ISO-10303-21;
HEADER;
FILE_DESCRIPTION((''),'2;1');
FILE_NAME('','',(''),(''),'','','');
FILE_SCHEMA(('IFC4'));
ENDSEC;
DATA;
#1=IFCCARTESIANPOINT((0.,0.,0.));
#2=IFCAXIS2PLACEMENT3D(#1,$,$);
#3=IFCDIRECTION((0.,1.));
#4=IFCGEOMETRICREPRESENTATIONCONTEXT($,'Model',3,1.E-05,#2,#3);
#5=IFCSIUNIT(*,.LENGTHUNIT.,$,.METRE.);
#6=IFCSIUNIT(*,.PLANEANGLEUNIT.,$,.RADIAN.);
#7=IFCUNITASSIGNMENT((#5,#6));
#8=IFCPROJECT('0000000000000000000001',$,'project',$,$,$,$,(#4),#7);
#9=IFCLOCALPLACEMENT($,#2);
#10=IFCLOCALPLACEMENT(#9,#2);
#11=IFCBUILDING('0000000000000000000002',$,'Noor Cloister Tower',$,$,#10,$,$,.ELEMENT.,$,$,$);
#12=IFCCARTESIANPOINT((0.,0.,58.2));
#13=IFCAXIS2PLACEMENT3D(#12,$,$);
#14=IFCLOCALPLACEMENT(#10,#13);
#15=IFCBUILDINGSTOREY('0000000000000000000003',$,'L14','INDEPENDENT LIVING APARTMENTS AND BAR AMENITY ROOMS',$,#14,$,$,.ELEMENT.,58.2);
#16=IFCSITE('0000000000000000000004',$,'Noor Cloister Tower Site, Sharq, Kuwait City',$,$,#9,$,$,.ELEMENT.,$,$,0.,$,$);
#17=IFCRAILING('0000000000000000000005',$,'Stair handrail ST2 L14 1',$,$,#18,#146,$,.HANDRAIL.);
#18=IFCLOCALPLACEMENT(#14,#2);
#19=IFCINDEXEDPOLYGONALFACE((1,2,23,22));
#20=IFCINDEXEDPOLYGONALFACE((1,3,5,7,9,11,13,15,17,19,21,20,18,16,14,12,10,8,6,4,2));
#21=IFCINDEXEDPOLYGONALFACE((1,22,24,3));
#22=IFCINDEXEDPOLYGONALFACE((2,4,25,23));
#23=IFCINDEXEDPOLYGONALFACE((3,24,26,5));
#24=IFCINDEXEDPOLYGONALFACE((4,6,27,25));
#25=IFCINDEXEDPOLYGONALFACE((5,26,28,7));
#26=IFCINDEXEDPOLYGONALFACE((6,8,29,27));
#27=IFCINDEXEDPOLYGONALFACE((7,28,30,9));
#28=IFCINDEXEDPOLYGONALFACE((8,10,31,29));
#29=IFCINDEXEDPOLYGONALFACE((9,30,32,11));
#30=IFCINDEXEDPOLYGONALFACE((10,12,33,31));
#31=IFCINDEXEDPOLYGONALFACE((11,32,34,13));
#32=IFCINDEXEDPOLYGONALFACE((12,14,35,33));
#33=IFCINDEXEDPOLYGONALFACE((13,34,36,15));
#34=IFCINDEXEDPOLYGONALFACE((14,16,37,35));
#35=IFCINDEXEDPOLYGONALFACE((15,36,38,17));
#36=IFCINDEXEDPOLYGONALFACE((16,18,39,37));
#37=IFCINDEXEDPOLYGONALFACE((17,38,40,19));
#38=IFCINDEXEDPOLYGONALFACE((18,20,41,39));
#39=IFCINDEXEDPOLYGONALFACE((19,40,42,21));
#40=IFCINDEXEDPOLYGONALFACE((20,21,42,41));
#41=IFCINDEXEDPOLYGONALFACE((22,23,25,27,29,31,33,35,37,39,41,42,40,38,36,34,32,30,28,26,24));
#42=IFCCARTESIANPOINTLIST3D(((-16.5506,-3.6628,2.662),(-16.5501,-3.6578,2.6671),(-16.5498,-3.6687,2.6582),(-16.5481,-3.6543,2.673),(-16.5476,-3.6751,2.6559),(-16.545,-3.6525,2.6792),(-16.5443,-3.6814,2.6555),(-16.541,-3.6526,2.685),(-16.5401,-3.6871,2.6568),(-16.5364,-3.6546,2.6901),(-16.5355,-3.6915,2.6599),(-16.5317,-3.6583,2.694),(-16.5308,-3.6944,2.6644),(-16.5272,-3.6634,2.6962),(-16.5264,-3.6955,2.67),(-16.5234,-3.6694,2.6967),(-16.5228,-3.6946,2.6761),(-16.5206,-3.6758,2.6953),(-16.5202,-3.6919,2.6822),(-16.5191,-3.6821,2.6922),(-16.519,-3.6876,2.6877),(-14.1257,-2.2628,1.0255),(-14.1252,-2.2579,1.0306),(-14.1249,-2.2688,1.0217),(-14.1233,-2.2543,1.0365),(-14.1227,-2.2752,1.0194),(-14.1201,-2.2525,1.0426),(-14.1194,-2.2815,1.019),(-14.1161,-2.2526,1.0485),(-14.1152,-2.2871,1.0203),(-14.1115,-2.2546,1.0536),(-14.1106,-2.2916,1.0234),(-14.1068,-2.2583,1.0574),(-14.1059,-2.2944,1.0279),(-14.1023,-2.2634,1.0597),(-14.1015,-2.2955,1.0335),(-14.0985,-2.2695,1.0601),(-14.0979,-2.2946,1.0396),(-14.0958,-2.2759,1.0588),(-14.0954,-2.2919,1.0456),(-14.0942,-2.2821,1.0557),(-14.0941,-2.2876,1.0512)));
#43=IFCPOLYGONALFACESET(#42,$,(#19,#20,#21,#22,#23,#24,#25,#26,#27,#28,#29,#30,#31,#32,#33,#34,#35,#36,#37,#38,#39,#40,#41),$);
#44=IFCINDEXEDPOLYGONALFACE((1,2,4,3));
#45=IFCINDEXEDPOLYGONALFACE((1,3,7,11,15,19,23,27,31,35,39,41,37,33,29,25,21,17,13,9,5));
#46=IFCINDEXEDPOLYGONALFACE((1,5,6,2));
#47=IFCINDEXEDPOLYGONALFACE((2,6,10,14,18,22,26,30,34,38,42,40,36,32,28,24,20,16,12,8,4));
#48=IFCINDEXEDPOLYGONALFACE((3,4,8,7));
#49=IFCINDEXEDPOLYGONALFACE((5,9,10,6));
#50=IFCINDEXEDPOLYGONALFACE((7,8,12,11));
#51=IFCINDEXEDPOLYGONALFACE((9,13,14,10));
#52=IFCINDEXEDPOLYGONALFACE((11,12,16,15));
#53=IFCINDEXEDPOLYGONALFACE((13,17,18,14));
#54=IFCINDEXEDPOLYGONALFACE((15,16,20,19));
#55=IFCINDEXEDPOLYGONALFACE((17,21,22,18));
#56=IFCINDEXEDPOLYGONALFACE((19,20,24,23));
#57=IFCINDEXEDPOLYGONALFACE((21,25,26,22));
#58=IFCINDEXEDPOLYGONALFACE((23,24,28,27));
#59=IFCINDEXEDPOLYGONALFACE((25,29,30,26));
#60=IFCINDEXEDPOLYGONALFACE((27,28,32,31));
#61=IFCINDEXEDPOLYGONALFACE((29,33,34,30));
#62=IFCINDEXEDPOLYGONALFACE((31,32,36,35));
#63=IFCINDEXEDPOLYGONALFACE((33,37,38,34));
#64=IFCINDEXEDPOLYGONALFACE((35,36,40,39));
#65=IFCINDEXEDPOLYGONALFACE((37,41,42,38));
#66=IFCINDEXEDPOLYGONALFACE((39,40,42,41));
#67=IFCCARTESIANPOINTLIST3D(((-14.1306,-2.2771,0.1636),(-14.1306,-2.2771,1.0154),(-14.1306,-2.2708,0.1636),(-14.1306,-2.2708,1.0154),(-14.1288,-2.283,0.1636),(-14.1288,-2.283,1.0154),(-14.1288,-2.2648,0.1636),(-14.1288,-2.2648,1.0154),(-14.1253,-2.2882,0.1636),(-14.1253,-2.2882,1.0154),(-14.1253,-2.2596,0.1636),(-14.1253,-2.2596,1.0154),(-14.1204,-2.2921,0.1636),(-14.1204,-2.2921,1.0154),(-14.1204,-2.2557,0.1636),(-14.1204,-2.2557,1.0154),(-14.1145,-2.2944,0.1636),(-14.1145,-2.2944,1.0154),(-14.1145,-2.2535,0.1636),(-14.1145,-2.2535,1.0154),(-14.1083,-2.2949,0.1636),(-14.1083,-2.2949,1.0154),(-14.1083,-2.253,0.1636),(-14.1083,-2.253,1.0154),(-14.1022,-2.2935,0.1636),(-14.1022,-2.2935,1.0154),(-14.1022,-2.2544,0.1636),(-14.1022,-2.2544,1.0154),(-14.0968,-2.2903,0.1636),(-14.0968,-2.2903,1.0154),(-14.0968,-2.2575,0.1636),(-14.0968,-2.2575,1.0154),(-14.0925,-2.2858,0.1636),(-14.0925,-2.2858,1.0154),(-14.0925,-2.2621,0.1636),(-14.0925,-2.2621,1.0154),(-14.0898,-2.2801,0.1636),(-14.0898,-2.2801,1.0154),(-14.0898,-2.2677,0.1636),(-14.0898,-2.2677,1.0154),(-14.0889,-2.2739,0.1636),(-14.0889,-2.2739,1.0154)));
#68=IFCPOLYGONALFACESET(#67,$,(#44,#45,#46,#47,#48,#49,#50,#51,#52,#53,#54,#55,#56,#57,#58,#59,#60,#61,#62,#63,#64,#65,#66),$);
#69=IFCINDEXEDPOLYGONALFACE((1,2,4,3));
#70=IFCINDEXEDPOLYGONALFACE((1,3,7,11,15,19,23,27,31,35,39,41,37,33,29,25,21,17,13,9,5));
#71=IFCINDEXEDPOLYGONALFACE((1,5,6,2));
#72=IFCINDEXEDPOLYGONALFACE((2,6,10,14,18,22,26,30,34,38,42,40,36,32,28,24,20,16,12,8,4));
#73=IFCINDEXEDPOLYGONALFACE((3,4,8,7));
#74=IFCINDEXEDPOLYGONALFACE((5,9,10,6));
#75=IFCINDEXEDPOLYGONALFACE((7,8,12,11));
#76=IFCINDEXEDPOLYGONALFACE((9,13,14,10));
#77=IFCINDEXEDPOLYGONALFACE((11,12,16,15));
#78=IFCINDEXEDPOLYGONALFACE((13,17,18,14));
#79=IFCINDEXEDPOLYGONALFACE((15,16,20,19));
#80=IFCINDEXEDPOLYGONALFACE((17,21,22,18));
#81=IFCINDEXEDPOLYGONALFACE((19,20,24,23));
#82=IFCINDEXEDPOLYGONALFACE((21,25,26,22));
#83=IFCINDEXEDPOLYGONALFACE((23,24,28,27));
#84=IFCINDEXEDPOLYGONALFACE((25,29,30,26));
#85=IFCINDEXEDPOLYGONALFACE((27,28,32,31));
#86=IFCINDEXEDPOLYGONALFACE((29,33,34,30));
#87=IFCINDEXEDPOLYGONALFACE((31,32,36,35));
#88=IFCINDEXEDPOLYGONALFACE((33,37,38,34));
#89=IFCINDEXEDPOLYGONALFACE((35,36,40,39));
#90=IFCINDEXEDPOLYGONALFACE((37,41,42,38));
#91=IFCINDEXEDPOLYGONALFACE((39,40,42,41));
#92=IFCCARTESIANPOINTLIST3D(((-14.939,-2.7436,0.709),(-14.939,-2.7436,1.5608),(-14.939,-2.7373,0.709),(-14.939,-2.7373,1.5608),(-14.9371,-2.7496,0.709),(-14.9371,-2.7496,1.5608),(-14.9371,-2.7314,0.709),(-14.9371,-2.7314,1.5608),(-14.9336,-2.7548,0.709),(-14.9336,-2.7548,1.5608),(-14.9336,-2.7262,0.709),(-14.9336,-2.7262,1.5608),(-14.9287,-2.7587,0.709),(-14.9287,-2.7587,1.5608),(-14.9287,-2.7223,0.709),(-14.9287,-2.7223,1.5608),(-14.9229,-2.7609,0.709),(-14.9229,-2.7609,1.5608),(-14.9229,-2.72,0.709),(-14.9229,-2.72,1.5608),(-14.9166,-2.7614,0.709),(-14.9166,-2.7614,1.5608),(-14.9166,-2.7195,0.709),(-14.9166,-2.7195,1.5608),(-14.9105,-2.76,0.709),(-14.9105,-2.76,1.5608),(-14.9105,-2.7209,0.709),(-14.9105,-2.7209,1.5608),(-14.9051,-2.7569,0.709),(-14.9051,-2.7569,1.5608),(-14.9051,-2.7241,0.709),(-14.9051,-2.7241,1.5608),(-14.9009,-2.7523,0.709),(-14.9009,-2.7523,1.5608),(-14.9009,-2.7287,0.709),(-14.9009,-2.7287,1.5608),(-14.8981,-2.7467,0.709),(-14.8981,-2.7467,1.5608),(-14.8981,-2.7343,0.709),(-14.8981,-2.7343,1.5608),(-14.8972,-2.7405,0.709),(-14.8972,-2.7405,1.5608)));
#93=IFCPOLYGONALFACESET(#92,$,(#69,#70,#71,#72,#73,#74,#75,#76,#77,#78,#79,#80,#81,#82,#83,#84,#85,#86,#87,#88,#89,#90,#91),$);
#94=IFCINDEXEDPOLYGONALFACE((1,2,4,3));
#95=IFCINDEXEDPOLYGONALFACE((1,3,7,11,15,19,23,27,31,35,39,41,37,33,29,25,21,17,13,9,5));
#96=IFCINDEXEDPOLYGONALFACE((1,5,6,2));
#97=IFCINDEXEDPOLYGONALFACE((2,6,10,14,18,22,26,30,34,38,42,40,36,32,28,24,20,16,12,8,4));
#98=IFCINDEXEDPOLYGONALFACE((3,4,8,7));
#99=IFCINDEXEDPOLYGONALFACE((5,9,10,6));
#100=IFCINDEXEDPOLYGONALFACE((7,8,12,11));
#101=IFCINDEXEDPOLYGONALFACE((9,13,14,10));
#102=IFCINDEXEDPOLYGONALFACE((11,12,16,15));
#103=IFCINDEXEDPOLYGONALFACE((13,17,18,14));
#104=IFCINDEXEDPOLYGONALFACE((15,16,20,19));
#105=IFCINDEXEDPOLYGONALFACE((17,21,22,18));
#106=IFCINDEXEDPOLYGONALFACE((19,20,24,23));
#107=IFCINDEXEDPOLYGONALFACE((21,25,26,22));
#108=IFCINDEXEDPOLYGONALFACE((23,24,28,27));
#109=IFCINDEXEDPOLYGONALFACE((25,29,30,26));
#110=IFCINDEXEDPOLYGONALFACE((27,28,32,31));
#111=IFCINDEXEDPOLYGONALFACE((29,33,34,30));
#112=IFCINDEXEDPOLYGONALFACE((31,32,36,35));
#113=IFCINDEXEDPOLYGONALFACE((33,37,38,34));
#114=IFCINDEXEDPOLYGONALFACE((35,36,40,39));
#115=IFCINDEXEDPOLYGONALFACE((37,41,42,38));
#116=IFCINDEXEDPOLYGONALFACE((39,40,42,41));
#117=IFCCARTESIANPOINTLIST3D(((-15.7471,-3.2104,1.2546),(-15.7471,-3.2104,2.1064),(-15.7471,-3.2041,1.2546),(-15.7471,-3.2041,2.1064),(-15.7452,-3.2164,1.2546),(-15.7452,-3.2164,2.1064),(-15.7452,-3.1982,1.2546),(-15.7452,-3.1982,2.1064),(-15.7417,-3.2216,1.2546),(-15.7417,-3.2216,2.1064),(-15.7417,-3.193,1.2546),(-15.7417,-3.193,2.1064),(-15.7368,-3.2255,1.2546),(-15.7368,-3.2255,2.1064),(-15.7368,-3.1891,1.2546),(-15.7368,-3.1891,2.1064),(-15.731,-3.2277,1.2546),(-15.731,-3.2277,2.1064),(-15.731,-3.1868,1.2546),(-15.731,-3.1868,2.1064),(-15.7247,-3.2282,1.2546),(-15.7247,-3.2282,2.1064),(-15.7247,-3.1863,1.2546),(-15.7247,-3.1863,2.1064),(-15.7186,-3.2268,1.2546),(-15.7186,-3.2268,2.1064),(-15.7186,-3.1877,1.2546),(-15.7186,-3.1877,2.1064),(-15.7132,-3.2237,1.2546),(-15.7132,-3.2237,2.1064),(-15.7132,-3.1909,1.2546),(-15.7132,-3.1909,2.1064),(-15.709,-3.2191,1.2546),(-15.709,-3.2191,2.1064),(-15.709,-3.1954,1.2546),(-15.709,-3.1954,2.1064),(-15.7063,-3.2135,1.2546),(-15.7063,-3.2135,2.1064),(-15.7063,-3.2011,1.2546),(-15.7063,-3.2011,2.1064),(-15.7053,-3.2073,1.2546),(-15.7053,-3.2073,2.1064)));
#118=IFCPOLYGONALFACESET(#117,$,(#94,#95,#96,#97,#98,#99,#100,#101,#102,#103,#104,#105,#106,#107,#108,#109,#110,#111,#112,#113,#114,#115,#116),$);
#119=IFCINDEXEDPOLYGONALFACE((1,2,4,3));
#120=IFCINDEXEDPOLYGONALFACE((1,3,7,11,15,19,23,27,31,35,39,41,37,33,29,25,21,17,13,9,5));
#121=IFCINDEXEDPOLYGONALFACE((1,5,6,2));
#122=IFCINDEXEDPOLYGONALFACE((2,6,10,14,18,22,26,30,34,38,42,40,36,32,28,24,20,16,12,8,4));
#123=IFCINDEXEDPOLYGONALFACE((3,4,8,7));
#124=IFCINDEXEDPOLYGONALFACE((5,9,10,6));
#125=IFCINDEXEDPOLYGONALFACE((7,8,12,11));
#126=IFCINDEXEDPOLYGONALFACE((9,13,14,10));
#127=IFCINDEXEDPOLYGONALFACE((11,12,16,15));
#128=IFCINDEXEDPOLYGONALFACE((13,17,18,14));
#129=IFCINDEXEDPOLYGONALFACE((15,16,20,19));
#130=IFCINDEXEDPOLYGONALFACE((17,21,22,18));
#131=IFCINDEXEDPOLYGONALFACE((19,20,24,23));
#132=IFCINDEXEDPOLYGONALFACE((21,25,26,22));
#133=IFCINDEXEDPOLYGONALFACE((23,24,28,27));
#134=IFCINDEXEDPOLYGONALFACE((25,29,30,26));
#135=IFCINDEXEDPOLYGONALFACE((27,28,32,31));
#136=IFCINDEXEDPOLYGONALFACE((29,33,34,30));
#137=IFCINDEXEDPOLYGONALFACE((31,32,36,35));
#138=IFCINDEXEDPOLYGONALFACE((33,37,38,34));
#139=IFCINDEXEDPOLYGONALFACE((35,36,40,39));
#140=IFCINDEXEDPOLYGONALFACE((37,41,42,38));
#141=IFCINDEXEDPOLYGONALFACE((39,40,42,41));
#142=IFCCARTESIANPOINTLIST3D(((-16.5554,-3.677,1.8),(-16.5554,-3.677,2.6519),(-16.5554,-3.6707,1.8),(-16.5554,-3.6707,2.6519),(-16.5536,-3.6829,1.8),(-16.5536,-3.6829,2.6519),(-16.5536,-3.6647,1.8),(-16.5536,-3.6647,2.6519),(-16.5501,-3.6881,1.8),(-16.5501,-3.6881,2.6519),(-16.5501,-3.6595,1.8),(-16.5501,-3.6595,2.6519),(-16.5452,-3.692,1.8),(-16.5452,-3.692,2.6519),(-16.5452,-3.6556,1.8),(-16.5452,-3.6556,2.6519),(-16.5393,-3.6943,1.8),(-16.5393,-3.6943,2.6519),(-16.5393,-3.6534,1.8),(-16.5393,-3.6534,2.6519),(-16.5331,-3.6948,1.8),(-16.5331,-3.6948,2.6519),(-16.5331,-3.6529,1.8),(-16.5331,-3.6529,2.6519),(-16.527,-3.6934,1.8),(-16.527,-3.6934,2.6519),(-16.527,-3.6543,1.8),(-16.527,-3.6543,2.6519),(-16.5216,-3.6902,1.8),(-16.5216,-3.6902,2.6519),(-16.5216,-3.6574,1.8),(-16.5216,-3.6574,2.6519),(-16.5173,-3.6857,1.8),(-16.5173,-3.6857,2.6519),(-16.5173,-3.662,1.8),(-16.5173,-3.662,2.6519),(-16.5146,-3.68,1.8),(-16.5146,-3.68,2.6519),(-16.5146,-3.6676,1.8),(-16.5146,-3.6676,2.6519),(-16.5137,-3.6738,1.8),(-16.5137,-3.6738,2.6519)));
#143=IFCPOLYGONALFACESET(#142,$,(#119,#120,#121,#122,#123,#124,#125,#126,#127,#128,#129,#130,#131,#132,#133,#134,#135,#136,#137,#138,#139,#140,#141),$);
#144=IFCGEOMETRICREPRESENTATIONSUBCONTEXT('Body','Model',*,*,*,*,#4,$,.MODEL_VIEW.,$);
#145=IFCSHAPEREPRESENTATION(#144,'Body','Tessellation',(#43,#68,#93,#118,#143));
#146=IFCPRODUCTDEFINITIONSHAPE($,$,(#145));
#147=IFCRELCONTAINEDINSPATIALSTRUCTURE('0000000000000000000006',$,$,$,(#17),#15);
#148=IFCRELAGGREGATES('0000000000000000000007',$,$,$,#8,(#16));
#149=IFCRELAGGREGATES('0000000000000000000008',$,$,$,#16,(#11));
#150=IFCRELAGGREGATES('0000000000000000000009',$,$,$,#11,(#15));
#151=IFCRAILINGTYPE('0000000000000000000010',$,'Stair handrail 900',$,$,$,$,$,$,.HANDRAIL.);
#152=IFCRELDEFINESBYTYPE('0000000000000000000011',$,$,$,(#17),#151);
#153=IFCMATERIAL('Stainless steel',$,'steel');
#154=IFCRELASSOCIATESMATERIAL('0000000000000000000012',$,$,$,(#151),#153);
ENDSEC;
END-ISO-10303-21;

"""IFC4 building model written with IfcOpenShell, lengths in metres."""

from ifc_helpers import new_model, si_unit, direction, frame, origin, origin_2d, place, context, subcontext, project, spatial, circle, extrude, material, type_object, element, save


model = new_model("IFC4")

# Units and contexts
model_context = context("Model", 3, precision=1e-05, world=origin(), true_north=direction((0.0, 1.0)))
body_context = subcontext(model_context, "Body", "Model", "MODEL_VIEW")
ifc_project = project(units=[si_unit("LENGTHUNIT", "METRE"), si_unit("PLANEANGLEUNIT", "RADIAN")], contexts=[model_context])

# Site, building, storey
site_placement = place(None, origin())
site = spatial("IfcSite", under=ifc_project, at=site_placement, Name="Noor Cloister Tower Site, Sharq, Kuwait City", CompositionType="ELEMENT", RefElevation=0.0)
building_placement = place(site_placement, origin())
building = spatial("IfcBuilding", under=site, at=building_placement, Name="Noor Cloister Tower", CompositionType="ELEMENT")
storey_placement = place(building_placement, frame((0.0, 0.0, 58.2)))
storey = spatial("IfcBuildingStorey", under=building, at=storey_placement, Name="L14", Description="INDEPENDENT LIVING APARTMENTS AND BAR AMENITY ROOMS", CompositionType="ELEMENT", Elevation=58.2)

# Railing
ifc_material_1 = material(Name="Stainless steel", Category="steel")
railing_type = type_object("IfcRailingType", Name="Stair handrail 900", PredefinedType="HANDRAIL", material=ifc_material_1)
railing_placement = place(storey_placement, frame((-14.1099, -2.2739, 0.1636)))
element("IfcRailing", 1, at=railing_placement, inside=storey, type_object=railing_type, Name="Stair handrail ST2 L14 1", PredefinedType="HANDRAIL", context=body_context, shape_type="SweptSolid", body=[
    extrude(circle(Radius=0.0239, at=origin_2d()), frame((0.0, 0.0, 0.876), z_axis=(-0.74769, -0.431661, 0.504608), x_axis=(0.499984, -0.866035, 0.0)), (0.0, 0.0, 1.0), 3.2432),
    extrude(circle(Radius=0.021, at=origin_2d()), origin(), (0.0, 0.0, 1.0), 0.8518),
    extrude(circle(Radius=0.021, at=origin_2d()), frame((-0.8083, -0.4666, 0.5454)), (0.0, 0.0, 1.0), 0.8518),
    extrude(circle(Radius=0.021, at=origin_2d()), frame((-1.6165, -0.9333, 1.0911)), (0.0, 0.0, 1.0), 0.8518),
    extrude(circle(Radius=0.021, at=origin_2d()), frame((-2.4248, -1.3999, 1.6365)), (0.0, 0.0, 1.0), 0.8518),
])

save(model, "model.ifc")
